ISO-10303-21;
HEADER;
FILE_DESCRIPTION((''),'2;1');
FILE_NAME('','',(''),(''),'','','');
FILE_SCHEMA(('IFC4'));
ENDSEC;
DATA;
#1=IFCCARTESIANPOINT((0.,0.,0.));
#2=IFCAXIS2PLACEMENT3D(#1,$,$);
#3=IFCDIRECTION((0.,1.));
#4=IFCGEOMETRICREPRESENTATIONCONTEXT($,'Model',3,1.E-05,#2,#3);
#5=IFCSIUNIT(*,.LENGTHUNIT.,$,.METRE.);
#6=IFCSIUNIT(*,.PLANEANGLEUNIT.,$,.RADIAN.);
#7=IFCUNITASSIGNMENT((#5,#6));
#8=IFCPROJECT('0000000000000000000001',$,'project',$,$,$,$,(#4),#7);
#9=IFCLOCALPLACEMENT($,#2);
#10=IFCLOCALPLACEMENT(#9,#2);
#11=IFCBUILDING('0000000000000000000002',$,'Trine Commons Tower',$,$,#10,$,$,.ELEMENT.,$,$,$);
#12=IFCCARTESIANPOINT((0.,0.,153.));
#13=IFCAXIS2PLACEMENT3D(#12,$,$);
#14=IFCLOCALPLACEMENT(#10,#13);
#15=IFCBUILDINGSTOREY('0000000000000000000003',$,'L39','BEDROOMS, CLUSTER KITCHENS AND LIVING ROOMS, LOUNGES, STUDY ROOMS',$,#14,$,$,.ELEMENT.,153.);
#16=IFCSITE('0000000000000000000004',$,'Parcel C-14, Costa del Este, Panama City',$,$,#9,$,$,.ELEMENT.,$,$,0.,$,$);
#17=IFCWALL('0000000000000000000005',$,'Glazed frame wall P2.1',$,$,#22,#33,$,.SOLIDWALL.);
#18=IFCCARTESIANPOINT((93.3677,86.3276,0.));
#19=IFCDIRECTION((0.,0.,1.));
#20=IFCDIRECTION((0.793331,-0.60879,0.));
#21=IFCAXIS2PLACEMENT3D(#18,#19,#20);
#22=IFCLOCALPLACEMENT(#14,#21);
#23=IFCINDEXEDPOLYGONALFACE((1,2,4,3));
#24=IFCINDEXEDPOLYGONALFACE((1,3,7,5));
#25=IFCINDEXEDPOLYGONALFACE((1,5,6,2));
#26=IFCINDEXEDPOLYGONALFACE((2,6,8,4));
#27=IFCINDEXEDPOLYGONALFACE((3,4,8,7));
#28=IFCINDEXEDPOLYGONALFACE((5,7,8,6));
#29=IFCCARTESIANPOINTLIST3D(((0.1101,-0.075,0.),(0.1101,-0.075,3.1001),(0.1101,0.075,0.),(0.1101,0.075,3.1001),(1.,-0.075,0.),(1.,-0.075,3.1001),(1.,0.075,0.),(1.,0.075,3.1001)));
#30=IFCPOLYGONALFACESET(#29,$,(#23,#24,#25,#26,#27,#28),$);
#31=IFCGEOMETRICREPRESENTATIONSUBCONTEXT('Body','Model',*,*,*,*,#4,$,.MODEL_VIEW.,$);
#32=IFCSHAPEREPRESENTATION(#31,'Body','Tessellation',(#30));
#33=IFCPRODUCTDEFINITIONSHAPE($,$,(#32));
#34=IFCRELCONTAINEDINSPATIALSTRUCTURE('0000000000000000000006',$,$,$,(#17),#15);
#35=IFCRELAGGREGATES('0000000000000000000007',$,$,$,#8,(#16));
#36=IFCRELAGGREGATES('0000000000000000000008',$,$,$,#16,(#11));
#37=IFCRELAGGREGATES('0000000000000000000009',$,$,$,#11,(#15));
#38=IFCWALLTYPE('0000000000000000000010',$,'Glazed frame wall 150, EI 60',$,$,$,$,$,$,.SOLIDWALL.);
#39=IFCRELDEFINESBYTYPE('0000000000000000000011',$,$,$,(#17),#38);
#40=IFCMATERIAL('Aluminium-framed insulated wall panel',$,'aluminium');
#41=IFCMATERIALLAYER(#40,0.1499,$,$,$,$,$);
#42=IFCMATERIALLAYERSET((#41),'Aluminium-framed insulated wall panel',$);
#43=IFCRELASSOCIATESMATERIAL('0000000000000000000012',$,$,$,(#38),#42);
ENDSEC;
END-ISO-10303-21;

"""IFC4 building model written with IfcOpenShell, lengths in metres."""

from ifc_helpers import new_model, si_unit, direction, frame, origin, place, context, subcontext, project, spatial, polyline, outline, extrude, material, layer, layer_set, type_object, element, save


model = new_model("IFC4")

# Units and contexts
model_context = context("Model", 3, precision=1e-05, world=origin(), true_north=direction((0.0, 1.0)))
body_context = subcontext(model_context, "Body", "Model", "MODEL_VIEW")
ifc_project = project(units=[si_unit("LENGTHUNIT", "METRE"), si_unit("PLANEANGLEUNIT", "RADIAN")], contexts=[model_context])

# Site, building, storey
site_placement = place(None, origin())
site = spatial("IfcSite", under=ifc_project, at=site_placement, Name="Parcel C-14, Costa del Este, Panama City", CompositionType="ELEMENT", RefElevation=0.0)
building_placement = place(site_placement, origin())
building = spatial("IfcBuilding", under=site, at=building_placement, Name="Trine Commons Tower", CompositionType="ELEMENT")
storey_placement = place(building_placement, frame((0.0, 0.0, 153.0)))
storey = spatial("IfcBuildingStorey", under=building, at=storey_placement, Name="L39", Description="BEDROOMS, CLUSTER KITCHENS AND LIVING ROOMS, LOUNGES, STUDY ROOMS", CompositionType="ELEMENT", Elevation=153.0)

# Wall
ifc_material_1 = material(Name="Aluminium-framed insulated wall panel", Category="aluminium")
ifc_layer_1 = layer(ifc_material_1, 0.1499)
ifc_layer_set_1 = layer_set([ifc_layer_1], Name="Aluminium-framed insulated wall panel")
wall_type_1 = type_object("IfcWallType", Name="Glazed frame wall 150, EI 60", PredefinedType="SOLIDWALL", material=ifc_layer_set_1)
wall_1_placement = place(storey_placement, frame((93.3677, 86.3276, 0.0), z_axis=(0.0, 0.0, 1.0), x_axis=(0.793331, -0.60879, 0.0)))
element("IfcWall", 1, at=wall_1_placement, inside=storey, type_object=wall_type_1, Name="Glazed frame wall P2.1", PredefinedType="SOLIDWALL", context=body_context, shape_type="SweptSolid", body=[
    extrude(outline(polyline([(0.1101, -0.075), (1.0, -0.075), (1.0, 0.075), (0.1101, 0.075), (0.1101, -0.075)])), origin(), (0.0, 0.0, 1.0), 3.1001),
])

save(model, "model.ifc")
